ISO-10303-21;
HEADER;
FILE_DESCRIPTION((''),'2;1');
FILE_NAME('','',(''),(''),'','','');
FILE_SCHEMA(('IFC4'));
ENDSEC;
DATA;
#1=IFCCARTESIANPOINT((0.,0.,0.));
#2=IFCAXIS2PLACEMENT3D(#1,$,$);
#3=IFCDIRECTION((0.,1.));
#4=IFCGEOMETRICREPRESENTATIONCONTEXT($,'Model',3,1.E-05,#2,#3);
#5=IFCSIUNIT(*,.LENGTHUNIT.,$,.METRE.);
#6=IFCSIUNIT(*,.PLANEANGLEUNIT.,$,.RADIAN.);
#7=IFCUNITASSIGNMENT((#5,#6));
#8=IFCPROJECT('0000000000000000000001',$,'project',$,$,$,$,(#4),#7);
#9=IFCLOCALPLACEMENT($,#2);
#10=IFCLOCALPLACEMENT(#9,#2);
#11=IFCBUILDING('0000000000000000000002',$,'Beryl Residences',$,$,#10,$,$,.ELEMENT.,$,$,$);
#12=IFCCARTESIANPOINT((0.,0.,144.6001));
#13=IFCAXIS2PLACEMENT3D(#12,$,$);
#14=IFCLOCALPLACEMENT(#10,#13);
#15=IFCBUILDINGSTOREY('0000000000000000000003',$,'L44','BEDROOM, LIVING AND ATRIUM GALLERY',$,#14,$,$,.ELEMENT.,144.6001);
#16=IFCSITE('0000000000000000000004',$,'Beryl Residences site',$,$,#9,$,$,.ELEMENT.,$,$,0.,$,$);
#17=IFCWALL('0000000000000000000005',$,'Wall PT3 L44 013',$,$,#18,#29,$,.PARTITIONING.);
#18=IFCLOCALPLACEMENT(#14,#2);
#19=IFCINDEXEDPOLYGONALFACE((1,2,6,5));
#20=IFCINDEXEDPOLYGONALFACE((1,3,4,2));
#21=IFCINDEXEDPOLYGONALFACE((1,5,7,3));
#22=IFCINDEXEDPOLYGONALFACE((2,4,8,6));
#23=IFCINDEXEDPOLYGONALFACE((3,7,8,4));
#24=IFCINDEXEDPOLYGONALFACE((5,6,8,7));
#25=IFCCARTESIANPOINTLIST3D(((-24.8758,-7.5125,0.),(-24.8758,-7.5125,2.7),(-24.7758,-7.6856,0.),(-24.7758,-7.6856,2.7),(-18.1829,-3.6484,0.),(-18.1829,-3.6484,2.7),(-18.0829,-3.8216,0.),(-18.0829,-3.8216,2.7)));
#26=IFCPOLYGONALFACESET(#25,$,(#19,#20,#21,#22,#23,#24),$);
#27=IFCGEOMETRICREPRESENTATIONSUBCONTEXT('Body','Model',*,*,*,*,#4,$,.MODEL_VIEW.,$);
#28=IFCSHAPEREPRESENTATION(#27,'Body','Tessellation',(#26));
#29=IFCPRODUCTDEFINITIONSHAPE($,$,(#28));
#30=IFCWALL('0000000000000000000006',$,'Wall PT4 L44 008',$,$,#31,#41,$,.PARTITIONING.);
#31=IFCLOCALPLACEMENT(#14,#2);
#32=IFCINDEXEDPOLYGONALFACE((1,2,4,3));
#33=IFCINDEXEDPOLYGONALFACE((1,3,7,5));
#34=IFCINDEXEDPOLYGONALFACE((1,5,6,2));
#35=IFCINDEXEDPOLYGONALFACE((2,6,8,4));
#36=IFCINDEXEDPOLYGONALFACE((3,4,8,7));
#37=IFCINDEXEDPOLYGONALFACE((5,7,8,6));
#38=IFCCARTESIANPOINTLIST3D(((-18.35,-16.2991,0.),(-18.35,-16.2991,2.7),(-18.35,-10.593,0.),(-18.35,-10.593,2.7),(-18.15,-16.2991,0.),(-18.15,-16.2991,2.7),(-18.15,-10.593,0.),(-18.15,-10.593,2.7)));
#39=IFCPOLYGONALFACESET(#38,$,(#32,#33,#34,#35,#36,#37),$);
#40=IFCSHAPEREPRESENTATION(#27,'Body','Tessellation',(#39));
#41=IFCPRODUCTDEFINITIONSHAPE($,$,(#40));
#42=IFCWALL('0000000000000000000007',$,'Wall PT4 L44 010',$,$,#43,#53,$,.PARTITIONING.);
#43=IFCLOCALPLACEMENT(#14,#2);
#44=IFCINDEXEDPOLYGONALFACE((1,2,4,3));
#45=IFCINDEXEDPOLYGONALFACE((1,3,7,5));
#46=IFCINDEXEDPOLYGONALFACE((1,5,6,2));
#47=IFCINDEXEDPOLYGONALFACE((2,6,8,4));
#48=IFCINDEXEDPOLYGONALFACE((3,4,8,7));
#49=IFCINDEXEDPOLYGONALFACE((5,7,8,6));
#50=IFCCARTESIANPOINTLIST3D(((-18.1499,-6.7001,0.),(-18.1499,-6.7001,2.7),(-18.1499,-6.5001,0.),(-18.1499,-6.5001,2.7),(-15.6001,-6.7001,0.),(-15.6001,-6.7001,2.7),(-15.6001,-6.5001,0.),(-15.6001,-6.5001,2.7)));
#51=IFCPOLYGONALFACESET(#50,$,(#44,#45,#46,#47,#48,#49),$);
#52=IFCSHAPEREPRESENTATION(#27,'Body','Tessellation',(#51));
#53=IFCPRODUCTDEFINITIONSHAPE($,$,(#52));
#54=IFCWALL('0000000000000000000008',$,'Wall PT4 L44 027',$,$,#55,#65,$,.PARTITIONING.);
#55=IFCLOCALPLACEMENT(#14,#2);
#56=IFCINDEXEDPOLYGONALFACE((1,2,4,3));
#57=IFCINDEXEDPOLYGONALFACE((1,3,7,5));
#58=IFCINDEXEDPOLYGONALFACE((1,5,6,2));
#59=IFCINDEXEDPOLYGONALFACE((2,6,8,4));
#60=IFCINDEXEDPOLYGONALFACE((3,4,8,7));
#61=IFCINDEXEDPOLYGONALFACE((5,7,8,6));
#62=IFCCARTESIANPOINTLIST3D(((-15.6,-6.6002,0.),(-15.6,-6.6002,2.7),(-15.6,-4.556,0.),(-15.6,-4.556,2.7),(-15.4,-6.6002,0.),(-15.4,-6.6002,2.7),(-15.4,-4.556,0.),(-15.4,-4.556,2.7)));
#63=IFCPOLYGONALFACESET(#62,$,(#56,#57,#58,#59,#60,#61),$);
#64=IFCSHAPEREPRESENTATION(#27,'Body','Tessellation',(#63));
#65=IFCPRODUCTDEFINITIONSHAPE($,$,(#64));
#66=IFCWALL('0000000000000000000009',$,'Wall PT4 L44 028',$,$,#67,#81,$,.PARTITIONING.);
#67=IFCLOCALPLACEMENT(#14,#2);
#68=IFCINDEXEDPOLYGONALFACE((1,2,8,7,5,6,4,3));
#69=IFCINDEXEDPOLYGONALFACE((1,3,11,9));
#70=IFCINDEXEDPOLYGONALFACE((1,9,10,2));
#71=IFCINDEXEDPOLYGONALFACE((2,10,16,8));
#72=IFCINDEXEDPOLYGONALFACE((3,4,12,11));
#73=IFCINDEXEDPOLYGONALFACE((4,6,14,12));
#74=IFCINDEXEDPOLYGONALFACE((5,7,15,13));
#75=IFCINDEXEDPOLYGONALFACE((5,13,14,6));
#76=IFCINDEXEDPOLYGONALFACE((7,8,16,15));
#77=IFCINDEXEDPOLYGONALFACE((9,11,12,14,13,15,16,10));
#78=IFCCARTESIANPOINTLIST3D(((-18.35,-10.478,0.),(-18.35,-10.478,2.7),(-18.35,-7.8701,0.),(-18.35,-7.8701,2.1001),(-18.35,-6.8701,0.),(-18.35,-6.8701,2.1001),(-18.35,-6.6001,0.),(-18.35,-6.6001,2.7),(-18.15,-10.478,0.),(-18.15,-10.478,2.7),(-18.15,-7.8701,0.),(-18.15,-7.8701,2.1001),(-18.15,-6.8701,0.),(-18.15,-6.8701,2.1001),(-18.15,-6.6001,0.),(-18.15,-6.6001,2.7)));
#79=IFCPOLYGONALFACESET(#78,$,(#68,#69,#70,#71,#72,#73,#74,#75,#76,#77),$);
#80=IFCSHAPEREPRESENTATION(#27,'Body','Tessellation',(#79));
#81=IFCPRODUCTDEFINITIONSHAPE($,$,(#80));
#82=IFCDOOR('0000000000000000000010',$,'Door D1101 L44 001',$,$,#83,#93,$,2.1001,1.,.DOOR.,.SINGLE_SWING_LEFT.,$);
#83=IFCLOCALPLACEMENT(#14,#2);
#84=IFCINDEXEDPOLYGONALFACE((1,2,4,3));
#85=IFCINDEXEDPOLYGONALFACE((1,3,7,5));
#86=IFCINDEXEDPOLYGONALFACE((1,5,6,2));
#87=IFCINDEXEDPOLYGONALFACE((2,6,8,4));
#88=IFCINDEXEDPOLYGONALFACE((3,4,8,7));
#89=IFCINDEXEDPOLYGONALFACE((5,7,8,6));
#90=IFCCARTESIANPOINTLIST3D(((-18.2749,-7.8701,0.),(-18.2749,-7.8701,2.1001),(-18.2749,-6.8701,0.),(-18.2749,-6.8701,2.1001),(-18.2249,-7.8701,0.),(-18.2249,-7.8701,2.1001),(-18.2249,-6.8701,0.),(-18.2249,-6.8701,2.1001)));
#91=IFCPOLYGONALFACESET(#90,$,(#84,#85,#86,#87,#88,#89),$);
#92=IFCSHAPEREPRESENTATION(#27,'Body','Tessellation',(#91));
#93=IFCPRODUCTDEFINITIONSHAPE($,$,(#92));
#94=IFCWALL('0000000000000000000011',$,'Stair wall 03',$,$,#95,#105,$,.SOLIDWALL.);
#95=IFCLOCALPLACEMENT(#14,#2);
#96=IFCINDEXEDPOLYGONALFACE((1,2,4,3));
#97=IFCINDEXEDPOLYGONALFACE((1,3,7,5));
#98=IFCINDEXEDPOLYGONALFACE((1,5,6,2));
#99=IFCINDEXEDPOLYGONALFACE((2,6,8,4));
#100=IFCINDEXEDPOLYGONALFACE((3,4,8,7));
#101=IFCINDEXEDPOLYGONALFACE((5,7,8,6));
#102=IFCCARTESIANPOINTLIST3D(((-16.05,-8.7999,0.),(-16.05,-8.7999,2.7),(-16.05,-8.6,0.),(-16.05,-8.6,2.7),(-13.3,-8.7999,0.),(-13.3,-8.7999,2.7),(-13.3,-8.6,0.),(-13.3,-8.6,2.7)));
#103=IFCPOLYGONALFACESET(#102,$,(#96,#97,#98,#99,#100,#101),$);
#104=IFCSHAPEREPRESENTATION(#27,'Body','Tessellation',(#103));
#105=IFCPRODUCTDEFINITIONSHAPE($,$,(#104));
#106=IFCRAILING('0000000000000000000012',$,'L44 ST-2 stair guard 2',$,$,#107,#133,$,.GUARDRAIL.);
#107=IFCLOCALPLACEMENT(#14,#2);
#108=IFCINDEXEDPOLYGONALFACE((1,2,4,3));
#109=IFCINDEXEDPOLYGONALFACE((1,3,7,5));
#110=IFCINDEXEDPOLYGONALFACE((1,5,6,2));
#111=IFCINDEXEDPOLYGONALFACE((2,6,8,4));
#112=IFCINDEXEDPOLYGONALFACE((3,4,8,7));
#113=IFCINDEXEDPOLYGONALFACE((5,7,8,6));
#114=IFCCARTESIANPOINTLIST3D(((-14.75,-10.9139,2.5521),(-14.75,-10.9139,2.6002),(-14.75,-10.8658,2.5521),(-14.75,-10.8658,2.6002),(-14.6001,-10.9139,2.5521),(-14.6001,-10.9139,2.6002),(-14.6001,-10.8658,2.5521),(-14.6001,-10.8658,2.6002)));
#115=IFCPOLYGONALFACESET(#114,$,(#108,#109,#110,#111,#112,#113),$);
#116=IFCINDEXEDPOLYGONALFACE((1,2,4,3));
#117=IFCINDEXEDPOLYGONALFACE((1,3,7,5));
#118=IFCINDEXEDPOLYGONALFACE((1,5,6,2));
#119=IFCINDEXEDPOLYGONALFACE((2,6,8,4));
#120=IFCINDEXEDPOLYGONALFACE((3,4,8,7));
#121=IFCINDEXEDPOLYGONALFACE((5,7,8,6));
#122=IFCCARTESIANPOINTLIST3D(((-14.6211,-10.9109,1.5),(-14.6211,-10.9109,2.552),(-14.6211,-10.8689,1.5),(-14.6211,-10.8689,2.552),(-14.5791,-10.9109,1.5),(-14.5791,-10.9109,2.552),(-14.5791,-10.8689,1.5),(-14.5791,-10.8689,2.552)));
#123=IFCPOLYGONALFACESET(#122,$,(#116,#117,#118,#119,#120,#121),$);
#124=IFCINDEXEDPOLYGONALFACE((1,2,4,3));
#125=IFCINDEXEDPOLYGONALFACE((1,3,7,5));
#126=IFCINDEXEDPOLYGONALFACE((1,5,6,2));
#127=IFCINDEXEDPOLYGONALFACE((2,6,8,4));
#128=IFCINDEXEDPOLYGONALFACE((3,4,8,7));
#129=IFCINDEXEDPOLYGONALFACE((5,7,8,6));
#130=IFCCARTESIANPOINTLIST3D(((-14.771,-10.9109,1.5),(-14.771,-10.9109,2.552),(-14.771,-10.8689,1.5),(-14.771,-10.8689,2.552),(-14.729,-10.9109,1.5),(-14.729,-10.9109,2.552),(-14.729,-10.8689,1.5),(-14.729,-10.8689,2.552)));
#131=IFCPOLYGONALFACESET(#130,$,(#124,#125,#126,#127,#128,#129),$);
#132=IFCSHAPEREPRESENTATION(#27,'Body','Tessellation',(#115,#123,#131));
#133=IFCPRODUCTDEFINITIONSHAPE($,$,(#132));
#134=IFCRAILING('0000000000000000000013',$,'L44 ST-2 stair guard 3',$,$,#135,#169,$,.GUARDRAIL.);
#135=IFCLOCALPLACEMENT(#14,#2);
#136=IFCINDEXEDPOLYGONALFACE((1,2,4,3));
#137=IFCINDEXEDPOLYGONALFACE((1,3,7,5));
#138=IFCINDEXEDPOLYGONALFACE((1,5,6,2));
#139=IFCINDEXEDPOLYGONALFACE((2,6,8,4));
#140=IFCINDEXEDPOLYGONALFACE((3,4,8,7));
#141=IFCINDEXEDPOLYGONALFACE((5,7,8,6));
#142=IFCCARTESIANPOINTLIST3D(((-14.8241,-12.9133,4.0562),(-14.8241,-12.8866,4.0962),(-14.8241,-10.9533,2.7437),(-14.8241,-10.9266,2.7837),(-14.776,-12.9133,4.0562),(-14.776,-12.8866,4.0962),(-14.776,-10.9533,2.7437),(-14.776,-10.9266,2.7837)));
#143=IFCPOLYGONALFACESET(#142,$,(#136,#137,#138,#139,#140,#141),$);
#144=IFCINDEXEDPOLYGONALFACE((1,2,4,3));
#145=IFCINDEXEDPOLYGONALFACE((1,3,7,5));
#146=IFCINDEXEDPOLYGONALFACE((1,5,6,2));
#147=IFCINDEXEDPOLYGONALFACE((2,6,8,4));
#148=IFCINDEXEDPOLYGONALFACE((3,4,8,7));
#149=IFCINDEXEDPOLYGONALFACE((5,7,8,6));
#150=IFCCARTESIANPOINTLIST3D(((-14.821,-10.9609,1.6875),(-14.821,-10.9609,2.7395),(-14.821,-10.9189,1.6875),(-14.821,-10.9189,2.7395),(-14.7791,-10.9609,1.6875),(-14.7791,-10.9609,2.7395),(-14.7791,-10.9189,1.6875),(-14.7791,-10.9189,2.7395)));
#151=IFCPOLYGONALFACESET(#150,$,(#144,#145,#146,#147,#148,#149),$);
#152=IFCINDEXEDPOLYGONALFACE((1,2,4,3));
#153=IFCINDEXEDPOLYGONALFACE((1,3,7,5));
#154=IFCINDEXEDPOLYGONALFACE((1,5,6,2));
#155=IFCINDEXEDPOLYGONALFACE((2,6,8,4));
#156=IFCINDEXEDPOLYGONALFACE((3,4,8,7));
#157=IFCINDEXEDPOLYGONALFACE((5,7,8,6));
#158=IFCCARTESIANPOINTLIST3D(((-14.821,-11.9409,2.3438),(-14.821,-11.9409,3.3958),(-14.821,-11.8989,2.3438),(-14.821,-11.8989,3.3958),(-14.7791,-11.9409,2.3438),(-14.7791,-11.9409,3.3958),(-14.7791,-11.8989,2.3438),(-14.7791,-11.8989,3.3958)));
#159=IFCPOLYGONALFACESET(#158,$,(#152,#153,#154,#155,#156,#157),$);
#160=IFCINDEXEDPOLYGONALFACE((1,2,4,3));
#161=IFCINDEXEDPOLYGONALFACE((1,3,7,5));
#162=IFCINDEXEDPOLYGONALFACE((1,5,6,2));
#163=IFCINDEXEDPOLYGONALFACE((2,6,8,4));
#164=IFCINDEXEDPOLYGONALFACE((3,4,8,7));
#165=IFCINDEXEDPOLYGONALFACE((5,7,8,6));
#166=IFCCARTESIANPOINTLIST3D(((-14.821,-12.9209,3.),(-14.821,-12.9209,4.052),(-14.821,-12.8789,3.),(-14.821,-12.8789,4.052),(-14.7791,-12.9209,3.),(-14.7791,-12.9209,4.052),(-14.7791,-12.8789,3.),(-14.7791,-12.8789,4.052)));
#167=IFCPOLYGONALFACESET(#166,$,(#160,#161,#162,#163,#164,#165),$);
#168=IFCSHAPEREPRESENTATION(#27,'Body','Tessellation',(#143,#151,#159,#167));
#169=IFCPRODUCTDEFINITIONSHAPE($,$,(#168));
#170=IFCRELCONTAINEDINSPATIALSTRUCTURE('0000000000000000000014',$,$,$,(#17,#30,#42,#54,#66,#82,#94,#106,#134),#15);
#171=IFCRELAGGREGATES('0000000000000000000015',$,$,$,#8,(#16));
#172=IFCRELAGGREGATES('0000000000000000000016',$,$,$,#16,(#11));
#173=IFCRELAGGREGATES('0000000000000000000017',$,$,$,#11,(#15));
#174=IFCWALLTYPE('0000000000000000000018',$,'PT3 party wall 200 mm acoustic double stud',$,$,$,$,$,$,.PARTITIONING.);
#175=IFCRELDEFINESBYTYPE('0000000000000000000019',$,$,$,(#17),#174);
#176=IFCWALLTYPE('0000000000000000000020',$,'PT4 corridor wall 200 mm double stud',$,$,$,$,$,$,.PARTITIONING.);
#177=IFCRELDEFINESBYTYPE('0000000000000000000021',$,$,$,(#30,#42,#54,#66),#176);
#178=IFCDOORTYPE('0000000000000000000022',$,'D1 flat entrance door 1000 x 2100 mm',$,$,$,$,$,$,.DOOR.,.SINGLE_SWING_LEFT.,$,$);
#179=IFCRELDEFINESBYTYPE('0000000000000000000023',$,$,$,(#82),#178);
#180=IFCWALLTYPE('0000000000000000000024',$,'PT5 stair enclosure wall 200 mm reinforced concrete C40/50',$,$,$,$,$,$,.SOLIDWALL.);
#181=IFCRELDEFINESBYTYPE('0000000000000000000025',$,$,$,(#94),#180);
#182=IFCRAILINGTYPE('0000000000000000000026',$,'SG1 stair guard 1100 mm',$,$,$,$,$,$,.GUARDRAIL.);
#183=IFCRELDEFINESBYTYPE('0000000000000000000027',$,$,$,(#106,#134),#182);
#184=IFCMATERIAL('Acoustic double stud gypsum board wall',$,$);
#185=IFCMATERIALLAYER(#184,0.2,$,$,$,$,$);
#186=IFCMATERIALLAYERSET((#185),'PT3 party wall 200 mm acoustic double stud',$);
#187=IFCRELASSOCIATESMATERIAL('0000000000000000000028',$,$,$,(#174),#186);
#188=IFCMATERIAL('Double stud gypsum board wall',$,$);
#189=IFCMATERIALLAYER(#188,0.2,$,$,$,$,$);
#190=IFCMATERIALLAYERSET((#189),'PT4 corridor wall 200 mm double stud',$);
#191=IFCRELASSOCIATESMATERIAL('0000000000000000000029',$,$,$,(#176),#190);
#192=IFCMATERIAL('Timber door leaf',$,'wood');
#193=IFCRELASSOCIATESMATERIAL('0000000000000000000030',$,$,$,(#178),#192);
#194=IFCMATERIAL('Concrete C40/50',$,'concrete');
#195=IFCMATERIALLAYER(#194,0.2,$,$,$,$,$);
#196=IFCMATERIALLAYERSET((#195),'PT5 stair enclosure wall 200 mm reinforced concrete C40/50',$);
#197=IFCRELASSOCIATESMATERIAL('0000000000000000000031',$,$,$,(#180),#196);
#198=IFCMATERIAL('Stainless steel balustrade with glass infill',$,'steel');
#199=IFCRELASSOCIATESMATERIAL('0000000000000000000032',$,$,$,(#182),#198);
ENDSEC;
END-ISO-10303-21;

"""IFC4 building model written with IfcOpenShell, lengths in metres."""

from ifc_helpers import new_model, si_unit, direction, frame, frame_2d, origin, origin_2d, place, context, subcontext, project, spatial, rectangle, extrude, material, layer, layer_set, type_object, element, fill, save


model = new_model("IFC4")

# Units and contexts
model_context = context("Model", 3, precision=1e-05, world=origin(), true_north=direction((0.0, 1.0)))
body_context = subcontext(model_context, "Body", "Model", "MODEL_VIEW")
ifc_project = project(units=[si_unit("LENGTHUNIT", "METRE"), si_unit("PLANEANGLEUNIT", "RADIAN")], contexts=[model_context])

# Site, building, storey
site_placement = place(None, origin())
site = spatial("IfcSite", under=ifc_project, at=site_placement, Name="Beryl Residences site", CompositionType="ELEMENT", RefElevation=0.0)
building_placement = place(site_placement, origin())
building = spatial("IfcBuilding", under=site, at=building_placement, Name="Beryl Residences", CompositionType="ELEMENT")
storey_placement = place(building_placement, frame((0.0, 0.0, 144.6001)))
storey = spatial("IfcBuildingStorey", under=building, at=storey_placement, Name="L44", Description="BEDROOM, LIVING AND ATRIUM GALLERY", CompositionType="ELEMENT", Elevation=144.6001)

# Walls
ifc_material_1 = material(Name="Acoustic double stud gypsum board wall")
ifc_layer_1 = layer(ifc_material_1, 0.2)
ifc_layer_set_1 = layer_set([ifc_layer_1], Name="PT3 party wall 200 mm acoustic double stud")
wall_type_1 = type_object("IfcWallType", Name="PT3 party wall 200 mm acoustic double stud", PredefinedType="PARTITIONING", material=ifc_layer_set_1)
wall_1_placement = place(storey_placement, frame((-24.8259, -7.5991, 0.0), z_axis=(0.0, 0.0, 1.0), x_axis=(0.866032, 0.499989, 0.0)))
element("IfcWall", 1, at=wall_1_placement, inside=storey, type_object=wall_type_1, Name="Wall PT3 L44 013", PredefinedType="PARTITIONING", context=body_context, shape_type="SweptSolid", body=[
    extrude(rectangle(XDim=7.7283, YDim=0.2, at=frame_2d((3.8643, 0.0))), origin(), (0.0, 0.0, 1.0), 2.7),
])
ifc_material_2 = material(Name="Double stud gypsum board wall")
ifc_layer_2 = layer(ifc_material_2, 0.2)
ifc_layer_set_2 = layer_set([ifc_layer_2], Name="PT4 corridor wall 200 mm double stud")
wall_type_2 = type_object("IfcWallType", Name="PT4 corridor wall 200 mm double stud", PredefinedType="PARTITIONING", material=ifc_layer_set_2)
wall_2_placement = place(storey_placement, frame((-18.25, -10.593, 0.0), z_axis=(0.0, 0.0, 1.0), x_axis=(0.0, -1.0, 0.0)))
element("IfcWall", 2, at=wall_2_placement, inside=storey, type_object=wall_type_2, Name="Wall PT4 L44 008", PredefinedType="PARTITIONING", context=body_context, shape_type="SweptSolid", body=[
    extrude(rectangle(XDim=5.7061, YDim=0.2, at=frame_2d((2.853, 0.0))), origin(), (0.0, 0.0, 1.0), 2.7),
])
wall_3_placement = place(storey_placement, frame((-18.1499, -6.6001, 0.0), z_axis=(0.0, 0.0, 1.0), x_axis=(1.0, 0.0, 0.0)))
element("IfcWall", 3, at=wall_3_placement, inside=storey, type_object=wall_type_2, Name="Wall PT4 L44 010", PredefinedType="PARTITIONING", context=body_context, shape_type="SweptSolid", body=[
    extrude(rectangle(XDim=2.5498, YDim=0.2, at=frame_2d((1.2749, 0.0))), origin(), (0.0, 0.0, 1.0), 2.7),
])
wall_4_placement = place(storey_placement, frame((-15.5, -6.6001, 0.0), z_axis=(0.0, 0.0, 1.0), x_axis=(0.0, 1.0, 0.0)))
element("IfcWall", 4, at=wall_4_placement, inside=storey, type_object=wall_type_2, Name="Wall PT4 L44 027", PredefinedType="PARTITIONING", context=body_context, shape_type="SweptSolid", body=[
    extrude(rectangle(XDim=2.0442, YDim=0.2, at=frame_2d((1.022, 0.0))), origin(), (0.0, 0.0, 1.0), 2.7),
])

# Wall, opening, door
wall_5_placement = place(storey_placement, frame((-18.25, -10.478, 0.0), z_axis=(0.0, 0.0, 1.0), x_axis=(0.0, 1.0, 0.0)))
wall_5 = element("IfcWall", 5, at=wall_5_placement, inside=storey, type_object=wall_type_2, Name="Wall PT4 L44 028", PredefinedType="PARTITIONING", context=body_context, shape_type="SweptSolid", body=[
    extrude(rectangle(XDim=3.8779, YDim=0.2, at=frame_2d((1.939, 0.0))), origin(), (0.0, 0.0, 1.0), 2.7),
])
opening_1_placement = place(wall_5_placement, frame((2.6079, 0.0, 0.0)))
opening_1 = element("IfcOpeningElement", 6, at=opening_1_placement, cuts=wall_5, PredefinedType="OPENING", context=body_context, shape_type="SweptSolid", body=[
    extrude(rectangle(XDim=1.0, YDim=2.1001, at=frame_2d((0.5, 1.05))), frame((0.0, 0.1099, 0.0), z_axis=(0.0, -1.0, 0.0), x_axis=(1.0, 0.0, 0.0)), (0.0, 0.0, 1.0), 0.22),
])
ifc_material_3 = material(Name="Timber door leaf", Category="wood")
door_type_1 = type_object("IfcDoorType", Name="D1 flat entrance door 1000 x 2100 mm", OperationType="SINGLE_SWING_LEFT", PredefinedType="DOOR", material=ifc_material_3)
door_1_placement = place(opening_1_placement, origin())
door_1 = element("IfcDoor", 7, at=door_1_placement, inside=storey, type_object=door_type_1, Name="Door D1101 L44 001", OperationType="SINGLE_SWING_LEFT", OverallHeight=2.1001, OverallWidth=1.0, PredefinedType="DOOR", context=body_context, shape_type="SweptSolid", body=[
    extrude(rectangle(XDim=1.0, YDim=2.1001, at=frame_2d((0.5, 1.05))), frame((0.0, 0.0249, 0.0), z_axis=(0.0, -1.0, 0.0), x_axis=(1.0, 0.0, 0.0)), (0.0, 0.0, 1.0), 0.05),
])
fill(opening_1, door_1)

# Wall
ifc_material_4 = material(Name="Concrete C40/50", Category="concrete")
ifc_layer_3 = layer(ifc_material_4, 0.2)
ifc_layer_set_3 = layer_set([ifc_layer_3], Name="PT5 stair enclosure wall 200 mm reinforced concrete C40/50")
wall_type_3 = type_object("IfcWallType", Name="PT5 stair enclosure wall 200 mm reinforced concrete C40/50", PredefinedType="SOLIDWALL", material=ifc_layer_set_3)
wall_6_placement = place(storey_placement, frame((-16.05, -8.7, 0.0), z_axis=(0.0, 0.0, 1.0), x_axis=(1.0, 0.0, 0.0)))
element("IfcWall", 8, at=wall_6_placement, inside=storey, type_object=wall_type_3, Name="Stair wall 03", PredefinedType="SOLIDWALL", context=body_context, shape_type="SweptSolid", body=[
    extrude(rectangle(XDim=2.75, YDim=0.2, at=frame_2d((1.375, 0.0))), origin(), (0.0, 0.0, 1.0), 2.7),
])

# Railings
ifc_material_5 = material(Name="Stainless steel balustrade with glass infill", Category="steel")
railing_type_1 = type_object("IfcRailingType", Name="SG1 stair guard 1100 mm", PredefinedType="GUARDRAIL", material=ifc_material_5)
railing_1_placement = place(storey_placement, frame((-14.6001, -10.8899, 1.5)))
element("IfcRailing", 9, at=railing_1_placement, inside=storey, type_object=railing_type_1, Name="L44 ST-2 stair guard 2", PredefinedType="GUARDRAIL", context=body_context, shape_type="SweptSolid", body=[
    extrude(rectangle(XDim=0.0481, YDim=0.0481, at=origin_2d()), frame((0.0, 0.0, 1.0762), z_axis=(-1.0, 0.0, 0.0), x_axis=(0.0, -1.0, 0.0)), (0.0, 0.0, 1.0), 0.1499),
    extrude(rectangle(XDim=0.042, YDim=0.042, at=origin_2d()), origin(), (0.0, 0.0, 1.0), 1.052),
    extrude(rectangle(XDim=0.042, YDim=0.042, at=origin_2d()), frame((-0.1499, 0.0, 0.0)), (0.0, 0.0, 1.0), 1.052),
])
railing_2_placement = place(storey_placement, frame((-14.8, -10.9399, 1.6875)))
element("IfcRailing", 10, at=railing_2_placement, inside=storey, type_object=railing_type_1, Name="L44 ST-2 stair guard 3", PredefinedType="GUARDRAIL", context=body_context, shape_type="SweptSolid", body=[
    extrude(rectangle(XDim=0.0481, YDim=0.0481, at=origin_2d()), frame((0.0, 0.0, 1.0762), z_axis=(0.0, -0.830902, 0.556419), x_axis=(1.0, 0.0, 0.0)), (0.0, 0.0, 1.0), 2.3589),
    extrude(rectangle(XDim=0.042, YDim=0.042, at=origin_2d()), origin(), (0.0, 0.0, 1.0), 1.052),
    extrude(rectangle(XDim=0.042, YDim=0.042, at=origin_2d()), frame((0.0, -0.98, 0.6562)), (0.0, 0.0, 1.0), 1.052),
    extrude(rectangle(XDim=0.042, YDim=0.042, at=origin_2d()), frame((0.0, -1.96, 1.3125)), (0.0, 0.0, 1.0), 1.052),
])

save(model, "model.ifc")
